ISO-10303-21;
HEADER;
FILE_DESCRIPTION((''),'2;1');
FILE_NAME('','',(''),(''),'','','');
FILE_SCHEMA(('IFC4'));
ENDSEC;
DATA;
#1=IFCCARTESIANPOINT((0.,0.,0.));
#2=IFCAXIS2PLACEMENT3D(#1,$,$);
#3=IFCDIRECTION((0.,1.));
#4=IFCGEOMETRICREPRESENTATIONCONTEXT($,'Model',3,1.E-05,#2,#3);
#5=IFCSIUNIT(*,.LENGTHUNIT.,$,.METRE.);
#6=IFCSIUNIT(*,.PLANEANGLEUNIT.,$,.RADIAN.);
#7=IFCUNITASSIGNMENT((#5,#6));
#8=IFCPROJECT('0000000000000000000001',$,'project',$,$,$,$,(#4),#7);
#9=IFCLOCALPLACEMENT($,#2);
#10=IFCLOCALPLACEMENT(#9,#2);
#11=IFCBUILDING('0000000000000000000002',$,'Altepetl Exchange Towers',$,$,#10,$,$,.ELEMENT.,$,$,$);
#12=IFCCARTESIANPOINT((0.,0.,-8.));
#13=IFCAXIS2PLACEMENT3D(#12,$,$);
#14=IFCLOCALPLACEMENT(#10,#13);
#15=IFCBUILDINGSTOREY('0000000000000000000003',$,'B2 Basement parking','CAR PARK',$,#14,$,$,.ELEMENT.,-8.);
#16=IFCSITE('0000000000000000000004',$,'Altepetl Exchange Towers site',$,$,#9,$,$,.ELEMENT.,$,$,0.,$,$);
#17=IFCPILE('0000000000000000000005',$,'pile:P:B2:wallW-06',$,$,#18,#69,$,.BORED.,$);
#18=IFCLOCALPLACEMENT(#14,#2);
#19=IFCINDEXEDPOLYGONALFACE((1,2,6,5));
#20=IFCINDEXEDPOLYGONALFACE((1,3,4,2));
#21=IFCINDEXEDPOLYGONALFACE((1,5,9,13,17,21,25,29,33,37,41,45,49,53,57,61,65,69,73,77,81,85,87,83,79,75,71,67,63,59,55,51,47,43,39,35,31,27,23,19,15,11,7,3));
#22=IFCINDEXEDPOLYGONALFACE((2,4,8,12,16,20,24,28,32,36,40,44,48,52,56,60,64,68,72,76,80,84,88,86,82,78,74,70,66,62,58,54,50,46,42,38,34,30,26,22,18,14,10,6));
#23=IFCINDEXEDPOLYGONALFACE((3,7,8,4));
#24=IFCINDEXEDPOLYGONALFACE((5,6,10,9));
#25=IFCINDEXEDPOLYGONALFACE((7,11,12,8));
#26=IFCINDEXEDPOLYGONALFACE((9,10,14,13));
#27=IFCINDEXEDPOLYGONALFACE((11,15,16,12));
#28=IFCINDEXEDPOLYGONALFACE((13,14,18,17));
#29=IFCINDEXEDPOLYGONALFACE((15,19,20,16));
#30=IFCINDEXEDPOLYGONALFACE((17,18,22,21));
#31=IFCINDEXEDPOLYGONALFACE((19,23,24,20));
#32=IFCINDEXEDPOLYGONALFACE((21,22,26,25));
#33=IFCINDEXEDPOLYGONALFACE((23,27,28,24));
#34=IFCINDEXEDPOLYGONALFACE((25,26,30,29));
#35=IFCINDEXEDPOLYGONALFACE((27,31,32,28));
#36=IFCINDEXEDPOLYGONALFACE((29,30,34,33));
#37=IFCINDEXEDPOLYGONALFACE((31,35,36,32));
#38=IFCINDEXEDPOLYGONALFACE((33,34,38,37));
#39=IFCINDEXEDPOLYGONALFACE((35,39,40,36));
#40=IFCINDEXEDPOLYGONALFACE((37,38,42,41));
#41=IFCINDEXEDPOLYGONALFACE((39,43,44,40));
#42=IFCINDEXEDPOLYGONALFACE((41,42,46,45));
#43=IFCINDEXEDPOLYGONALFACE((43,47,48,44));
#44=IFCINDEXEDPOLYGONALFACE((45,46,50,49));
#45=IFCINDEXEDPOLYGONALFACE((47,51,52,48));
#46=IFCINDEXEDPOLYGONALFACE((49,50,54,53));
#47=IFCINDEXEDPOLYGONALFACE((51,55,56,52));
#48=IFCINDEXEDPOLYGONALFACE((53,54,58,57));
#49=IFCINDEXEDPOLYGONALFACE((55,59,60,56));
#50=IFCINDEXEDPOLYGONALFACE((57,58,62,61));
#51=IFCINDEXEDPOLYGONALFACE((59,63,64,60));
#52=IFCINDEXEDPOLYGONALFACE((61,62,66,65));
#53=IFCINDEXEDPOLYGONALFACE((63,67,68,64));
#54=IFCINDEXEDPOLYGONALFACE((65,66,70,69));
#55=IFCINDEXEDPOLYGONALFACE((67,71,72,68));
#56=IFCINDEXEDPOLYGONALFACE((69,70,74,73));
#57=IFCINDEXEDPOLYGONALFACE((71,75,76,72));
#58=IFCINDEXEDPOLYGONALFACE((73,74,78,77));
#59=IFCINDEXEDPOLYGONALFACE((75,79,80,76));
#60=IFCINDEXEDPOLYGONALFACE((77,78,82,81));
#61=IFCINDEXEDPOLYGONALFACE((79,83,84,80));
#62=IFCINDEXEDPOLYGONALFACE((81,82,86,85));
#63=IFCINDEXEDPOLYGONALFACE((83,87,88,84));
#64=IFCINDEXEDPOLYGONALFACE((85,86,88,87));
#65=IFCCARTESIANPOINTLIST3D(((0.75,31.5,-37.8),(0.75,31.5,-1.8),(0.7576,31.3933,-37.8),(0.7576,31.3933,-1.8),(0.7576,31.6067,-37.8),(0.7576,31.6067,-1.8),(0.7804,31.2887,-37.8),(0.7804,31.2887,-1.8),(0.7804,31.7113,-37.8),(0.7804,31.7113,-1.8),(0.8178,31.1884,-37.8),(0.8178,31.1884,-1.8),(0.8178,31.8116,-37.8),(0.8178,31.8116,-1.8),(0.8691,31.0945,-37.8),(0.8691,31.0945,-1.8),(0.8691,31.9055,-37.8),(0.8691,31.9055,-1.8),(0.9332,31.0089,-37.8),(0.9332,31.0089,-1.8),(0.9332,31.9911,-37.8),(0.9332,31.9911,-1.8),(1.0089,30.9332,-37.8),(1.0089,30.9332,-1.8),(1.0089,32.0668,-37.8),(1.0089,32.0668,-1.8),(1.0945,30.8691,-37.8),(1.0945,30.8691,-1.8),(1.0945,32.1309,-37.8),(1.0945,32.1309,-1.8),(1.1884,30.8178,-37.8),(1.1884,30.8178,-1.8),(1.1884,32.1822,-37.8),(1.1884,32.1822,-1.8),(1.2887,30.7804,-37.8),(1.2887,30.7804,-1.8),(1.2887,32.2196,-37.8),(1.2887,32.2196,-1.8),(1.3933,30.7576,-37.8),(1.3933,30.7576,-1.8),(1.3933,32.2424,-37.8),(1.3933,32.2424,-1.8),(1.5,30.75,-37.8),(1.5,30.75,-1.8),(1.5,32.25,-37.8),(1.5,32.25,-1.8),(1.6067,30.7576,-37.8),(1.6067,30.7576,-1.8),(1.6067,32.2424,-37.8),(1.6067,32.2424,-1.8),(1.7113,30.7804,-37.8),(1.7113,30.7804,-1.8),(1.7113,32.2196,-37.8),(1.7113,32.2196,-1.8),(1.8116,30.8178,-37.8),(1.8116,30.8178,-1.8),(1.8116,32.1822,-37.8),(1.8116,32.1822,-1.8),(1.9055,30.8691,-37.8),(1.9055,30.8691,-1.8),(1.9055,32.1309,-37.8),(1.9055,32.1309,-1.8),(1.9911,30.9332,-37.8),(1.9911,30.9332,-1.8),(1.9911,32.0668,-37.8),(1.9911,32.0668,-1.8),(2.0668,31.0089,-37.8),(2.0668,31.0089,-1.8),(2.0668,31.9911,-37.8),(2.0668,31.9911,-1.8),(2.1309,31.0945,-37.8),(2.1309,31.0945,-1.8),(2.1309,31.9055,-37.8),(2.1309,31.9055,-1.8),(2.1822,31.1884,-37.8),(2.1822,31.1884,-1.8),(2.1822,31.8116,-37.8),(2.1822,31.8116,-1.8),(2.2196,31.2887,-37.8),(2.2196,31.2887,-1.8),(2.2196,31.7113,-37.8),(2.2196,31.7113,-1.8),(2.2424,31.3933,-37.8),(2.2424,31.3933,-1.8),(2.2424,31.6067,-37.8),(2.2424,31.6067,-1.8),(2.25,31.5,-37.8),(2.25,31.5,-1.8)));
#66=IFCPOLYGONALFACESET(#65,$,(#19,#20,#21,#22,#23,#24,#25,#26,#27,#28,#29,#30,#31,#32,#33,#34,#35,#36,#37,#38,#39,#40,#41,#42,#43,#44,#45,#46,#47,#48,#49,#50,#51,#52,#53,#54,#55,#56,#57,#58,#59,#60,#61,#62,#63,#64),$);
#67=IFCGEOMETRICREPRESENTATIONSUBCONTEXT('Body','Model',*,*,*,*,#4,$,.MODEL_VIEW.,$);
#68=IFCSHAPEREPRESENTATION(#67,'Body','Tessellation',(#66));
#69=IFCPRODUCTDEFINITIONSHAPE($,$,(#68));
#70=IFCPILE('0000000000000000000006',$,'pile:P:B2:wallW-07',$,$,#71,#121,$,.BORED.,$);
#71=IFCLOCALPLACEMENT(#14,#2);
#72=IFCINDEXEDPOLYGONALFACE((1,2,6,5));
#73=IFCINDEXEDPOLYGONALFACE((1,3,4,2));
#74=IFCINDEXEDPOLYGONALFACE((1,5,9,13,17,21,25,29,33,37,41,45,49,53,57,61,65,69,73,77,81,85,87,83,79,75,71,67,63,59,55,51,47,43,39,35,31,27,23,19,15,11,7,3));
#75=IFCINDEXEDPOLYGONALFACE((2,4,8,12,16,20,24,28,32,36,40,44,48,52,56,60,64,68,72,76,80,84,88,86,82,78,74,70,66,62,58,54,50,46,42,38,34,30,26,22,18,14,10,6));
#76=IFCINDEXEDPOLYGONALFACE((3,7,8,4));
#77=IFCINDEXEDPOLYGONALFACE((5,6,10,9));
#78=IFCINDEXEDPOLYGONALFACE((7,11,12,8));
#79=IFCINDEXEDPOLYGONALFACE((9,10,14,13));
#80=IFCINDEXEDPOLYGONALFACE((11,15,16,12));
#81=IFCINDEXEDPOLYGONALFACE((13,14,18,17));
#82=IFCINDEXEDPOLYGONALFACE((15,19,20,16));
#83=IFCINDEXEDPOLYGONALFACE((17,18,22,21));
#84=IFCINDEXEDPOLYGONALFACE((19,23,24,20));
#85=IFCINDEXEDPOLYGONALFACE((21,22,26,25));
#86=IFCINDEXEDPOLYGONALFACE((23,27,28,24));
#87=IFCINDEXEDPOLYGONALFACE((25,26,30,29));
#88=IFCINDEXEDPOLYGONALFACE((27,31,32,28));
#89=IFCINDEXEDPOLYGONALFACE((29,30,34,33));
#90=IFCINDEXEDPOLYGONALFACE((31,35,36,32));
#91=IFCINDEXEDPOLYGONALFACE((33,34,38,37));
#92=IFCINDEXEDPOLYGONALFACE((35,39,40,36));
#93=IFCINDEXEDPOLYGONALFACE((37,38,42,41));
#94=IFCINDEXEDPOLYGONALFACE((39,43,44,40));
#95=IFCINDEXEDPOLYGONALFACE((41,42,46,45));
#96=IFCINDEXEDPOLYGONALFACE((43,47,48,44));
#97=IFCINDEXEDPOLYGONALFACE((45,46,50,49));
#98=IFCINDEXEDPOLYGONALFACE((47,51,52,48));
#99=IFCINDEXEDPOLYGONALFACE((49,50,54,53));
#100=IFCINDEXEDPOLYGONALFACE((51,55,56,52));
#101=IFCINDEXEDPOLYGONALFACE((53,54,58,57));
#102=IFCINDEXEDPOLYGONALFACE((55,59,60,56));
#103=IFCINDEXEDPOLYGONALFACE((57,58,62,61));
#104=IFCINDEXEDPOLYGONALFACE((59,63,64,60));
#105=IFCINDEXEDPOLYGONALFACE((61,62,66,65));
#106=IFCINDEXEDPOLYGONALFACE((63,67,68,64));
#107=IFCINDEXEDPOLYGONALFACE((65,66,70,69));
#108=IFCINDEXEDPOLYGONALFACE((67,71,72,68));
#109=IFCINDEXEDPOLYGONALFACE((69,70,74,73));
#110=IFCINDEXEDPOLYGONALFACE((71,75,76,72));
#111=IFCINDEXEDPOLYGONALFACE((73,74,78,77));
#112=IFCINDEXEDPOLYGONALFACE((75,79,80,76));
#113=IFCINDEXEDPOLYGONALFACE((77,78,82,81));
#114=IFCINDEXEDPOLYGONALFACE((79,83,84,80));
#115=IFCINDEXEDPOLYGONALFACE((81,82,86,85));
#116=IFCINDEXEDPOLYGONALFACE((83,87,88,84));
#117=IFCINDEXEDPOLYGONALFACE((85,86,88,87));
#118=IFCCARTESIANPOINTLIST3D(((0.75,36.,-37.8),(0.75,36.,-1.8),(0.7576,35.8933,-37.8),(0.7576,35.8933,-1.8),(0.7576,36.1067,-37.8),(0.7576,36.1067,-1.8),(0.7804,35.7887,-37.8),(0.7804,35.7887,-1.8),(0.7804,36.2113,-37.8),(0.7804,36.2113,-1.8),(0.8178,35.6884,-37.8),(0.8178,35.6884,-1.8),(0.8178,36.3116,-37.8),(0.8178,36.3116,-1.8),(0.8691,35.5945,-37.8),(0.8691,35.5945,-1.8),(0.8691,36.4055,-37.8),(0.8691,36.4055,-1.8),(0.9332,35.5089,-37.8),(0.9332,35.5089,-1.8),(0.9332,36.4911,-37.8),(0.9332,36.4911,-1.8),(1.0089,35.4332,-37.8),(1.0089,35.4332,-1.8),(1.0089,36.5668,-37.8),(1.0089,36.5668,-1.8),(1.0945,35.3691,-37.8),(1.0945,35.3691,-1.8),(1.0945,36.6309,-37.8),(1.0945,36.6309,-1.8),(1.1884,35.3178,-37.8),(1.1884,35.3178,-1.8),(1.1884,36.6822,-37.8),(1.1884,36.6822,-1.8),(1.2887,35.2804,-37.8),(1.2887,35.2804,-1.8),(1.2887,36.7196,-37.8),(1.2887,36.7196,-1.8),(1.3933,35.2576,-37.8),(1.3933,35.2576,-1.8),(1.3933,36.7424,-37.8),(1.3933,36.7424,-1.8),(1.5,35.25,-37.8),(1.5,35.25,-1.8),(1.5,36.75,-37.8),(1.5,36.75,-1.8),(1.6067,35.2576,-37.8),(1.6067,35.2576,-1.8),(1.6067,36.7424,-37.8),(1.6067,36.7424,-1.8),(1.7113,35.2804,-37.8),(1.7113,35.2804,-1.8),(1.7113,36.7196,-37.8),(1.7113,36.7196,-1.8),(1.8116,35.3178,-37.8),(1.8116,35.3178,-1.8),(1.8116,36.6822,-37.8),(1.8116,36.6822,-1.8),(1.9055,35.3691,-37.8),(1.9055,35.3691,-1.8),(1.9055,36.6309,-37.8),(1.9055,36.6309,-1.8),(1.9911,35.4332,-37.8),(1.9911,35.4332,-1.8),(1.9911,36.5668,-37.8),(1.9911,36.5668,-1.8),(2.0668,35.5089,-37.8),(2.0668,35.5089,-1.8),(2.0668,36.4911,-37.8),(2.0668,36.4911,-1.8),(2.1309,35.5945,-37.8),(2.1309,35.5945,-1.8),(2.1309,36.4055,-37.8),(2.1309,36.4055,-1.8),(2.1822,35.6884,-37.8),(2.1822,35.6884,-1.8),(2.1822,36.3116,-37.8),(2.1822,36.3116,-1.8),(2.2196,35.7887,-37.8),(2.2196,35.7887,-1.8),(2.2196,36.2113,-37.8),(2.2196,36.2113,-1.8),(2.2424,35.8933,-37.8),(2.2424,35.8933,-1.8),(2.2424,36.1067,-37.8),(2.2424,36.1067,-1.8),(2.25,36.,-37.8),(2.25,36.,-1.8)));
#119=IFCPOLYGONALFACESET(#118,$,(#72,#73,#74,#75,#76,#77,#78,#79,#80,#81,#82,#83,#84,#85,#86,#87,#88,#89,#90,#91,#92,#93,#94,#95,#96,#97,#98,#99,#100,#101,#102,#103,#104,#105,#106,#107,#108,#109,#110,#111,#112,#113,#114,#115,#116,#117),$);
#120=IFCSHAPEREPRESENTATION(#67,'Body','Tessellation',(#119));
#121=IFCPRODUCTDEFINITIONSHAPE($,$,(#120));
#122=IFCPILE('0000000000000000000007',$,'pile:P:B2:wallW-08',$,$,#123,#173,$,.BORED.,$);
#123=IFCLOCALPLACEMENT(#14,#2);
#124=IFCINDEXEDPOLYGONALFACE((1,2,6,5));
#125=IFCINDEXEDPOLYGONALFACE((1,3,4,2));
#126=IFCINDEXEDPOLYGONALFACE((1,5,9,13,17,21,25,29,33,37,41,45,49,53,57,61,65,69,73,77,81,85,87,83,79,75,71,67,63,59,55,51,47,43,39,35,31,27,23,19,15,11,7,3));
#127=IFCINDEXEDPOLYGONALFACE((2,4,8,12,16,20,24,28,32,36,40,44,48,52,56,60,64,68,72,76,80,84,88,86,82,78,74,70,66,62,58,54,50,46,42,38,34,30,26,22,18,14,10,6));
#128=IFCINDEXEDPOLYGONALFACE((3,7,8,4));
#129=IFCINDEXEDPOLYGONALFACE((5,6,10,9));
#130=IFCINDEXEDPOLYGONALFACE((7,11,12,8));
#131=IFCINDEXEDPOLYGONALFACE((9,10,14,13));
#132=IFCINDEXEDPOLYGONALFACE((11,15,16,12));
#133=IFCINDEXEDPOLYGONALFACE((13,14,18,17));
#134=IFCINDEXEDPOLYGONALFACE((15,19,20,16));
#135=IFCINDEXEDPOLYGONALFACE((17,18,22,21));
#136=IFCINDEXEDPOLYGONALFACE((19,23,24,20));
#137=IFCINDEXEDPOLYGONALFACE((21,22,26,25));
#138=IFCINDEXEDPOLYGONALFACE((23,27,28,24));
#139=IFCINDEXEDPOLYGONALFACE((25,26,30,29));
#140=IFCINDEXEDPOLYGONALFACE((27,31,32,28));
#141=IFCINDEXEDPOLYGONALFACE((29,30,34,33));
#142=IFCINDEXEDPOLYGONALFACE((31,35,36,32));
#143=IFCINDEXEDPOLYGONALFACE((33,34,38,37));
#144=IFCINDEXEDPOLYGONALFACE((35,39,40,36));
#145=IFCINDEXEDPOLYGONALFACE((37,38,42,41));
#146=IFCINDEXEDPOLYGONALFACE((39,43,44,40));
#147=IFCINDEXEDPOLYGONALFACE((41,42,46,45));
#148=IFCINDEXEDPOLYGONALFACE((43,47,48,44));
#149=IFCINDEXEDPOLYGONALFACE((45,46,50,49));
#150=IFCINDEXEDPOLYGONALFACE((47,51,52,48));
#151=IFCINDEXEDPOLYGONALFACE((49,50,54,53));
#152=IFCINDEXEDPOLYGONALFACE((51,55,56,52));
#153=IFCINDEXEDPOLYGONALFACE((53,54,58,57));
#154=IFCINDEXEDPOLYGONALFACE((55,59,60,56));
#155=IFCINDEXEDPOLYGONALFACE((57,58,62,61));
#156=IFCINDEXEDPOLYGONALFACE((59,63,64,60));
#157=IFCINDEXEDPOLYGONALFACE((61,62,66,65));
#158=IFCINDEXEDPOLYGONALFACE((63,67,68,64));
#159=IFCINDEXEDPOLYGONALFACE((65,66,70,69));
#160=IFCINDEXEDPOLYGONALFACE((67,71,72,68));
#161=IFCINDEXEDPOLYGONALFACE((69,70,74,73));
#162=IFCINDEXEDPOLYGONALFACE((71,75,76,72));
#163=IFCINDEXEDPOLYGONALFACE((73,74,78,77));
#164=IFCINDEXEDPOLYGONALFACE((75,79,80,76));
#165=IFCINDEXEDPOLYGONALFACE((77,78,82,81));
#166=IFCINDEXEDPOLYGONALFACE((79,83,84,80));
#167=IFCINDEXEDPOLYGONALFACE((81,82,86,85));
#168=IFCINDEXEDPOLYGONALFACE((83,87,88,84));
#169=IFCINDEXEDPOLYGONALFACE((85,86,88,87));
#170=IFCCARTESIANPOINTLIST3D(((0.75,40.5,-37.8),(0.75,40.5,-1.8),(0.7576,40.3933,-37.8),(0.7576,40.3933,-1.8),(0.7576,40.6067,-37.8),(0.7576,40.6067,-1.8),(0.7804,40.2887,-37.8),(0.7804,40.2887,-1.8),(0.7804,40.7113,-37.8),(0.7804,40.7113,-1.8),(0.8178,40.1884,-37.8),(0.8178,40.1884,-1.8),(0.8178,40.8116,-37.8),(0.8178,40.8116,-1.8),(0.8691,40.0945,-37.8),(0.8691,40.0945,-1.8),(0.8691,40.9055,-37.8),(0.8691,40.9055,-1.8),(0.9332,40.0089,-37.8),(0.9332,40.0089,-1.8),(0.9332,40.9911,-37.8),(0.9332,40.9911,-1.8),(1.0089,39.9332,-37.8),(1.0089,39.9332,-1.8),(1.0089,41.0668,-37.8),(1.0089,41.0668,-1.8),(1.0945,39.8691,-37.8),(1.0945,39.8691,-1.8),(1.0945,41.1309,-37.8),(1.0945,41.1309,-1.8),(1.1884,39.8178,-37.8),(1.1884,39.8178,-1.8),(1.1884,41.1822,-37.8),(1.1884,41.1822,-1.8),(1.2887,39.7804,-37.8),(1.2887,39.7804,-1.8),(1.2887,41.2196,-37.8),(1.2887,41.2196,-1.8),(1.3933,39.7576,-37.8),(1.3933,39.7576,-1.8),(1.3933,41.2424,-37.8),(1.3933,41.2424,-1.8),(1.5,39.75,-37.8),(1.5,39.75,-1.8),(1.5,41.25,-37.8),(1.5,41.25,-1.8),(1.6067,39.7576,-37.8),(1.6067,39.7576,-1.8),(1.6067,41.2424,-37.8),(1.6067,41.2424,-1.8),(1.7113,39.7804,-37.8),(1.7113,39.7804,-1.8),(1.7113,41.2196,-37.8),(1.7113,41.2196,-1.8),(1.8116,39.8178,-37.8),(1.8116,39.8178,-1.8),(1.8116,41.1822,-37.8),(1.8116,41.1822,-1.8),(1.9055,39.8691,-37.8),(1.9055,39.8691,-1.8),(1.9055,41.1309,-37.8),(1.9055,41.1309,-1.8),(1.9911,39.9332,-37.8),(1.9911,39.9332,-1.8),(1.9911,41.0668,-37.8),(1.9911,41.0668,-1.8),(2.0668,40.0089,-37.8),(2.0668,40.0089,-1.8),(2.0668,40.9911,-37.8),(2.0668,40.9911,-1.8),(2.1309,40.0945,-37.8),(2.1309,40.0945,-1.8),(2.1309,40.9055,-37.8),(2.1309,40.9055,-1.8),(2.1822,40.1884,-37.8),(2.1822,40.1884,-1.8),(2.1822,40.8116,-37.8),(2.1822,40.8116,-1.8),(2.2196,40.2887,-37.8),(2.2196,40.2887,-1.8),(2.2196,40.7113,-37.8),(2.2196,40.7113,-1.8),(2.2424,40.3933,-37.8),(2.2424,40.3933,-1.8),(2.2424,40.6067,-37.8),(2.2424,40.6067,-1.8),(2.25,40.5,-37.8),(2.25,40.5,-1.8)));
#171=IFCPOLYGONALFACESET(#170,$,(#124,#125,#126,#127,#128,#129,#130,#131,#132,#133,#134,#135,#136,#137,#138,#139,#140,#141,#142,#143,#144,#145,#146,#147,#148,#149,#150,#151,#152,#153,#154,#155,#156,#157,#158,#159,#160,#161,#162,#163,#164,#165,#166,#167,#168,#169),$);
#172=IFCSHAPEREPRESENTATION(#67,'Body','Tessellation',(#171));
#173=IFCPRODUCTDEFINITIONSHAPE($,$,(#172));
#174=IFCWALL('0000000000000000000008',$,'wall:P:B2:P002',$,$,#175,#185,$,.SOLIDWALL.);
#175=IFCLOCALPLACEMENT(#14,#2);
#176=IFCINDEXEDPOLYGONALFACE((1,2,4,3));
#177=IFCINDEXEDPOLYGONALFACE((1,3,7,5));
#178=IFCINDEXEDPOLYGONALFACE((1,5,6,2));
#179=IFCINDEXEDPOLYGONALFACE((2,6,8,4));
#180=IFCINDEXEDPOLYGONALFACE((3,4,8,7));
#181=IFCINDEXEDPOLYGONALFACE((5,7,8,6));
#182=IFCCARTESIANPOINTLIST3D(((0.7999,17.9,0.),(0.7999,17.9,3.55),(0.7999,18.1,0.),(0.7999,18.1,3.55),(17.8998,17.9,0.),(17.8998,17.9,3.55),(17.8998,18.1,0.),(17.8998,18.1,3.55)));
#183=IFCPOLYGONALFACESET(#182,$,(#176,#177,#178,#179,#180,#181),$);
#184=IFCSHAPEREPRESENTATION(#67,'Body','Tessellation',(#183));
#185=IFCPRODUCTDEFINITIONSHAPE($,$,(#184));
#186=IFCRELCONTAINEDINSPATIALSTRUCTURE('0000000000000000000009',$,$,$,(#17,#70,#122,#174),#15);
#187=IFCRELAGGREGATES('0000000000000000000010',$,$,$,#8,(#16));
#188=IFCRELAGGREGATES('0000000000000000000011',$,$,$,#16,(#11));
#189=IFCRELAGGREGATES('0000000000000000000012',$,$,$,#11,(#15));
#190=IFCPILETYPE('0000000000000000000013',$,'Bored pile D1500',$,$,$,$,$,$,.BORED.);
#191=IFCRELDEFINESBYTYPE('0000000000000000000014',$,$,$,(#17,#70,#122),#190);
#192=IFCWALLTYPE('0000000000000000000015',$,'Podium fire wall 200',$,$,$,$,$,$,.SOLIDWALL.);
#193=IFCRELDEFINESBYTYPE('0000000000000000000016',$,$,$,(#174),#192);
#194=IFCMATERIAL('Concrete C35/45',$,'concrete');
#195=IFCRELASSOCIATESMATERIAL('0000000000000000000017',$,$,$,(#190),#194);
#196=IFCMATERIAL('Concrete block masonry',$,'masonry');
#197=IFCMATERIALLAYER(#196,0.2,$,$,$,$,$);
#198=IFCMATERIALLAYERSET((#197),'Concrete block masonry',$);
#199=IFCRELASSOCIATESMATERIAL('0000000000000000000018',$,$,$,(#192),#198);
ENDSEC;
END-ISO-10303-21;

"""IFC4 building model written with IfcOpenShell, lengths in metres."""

from ifc_helpers import new_model, si_unit, direction, frame, frame_2d, origin, origin_2d, place, context, subcontext, project, spatial, rectangle, circle, extrude, material, layer, layer_set, material_profile, profile_set, type_object, element, save


model = new_model("IFC4")

# Units and contexts
model_context = context("Model", 3, precision=1e-05, world=origin(), true_north=direction((0.0, 1.0)))
body_context = subcontext(model_context, "Body", "Model", "MODEL_VIEW")
ifc_project = project(units=[si_unit("LENGTHUNIT", "METRE"), si_unit("PLANEANGLEUNIT", "RADIAN")], contexts=[model_context])

# Site, building, storey
site_placement = place(None, origin())
site = spatial("IfcSite", under=ifc_project, at=site_placement, Name="Altepetl Exchange Towers site", CompositionType="ELEMENT", RefElevation=0.0)
building_placement = place(site_placement, origin())
building = spatial("IfcBuilding", under=site, at=building_placement, Name="Altepetl Exchange Towers", CompositionType="ELEMENT")
storey_placement = place(building_placement, frame((0.0, 0.0, -8.0)))
storey = spatial("IfcBuildingStorey", under=building, at=storey_placement, Name="B2 Basement parking", Description="CAR PARK", CompositionType="ELEMENT", Elevation=-8.0)

# Piles
ifc_material_1 = material(Name="Concrete C35/45", Category="concrete")
ifc_material_profile = material_profile(ifc_material_1, circle(Radius=0.75, at=origin_2d()), Name="D1500")
ifc_profile_set = profile_set([ifc_material_profile], Name="Concrete C35/45")
pile_type = type_object("IfcPileType", Name="Bored pile D1500", PredefinedType="BORED", material=ifc_profile_set)
for number, where, z_axis, x_axis, name in (
    (1, (1.5, 31.5, -1.8), (0.0, 0.0, -1.0), (1.0, 0.0, 0.0), "pile:P:B2:wallW-06"),
    (2, (1.5, 36.0, -1.8), (0.0, 0.0, -1.0), (1.0, 0.0, 0.0), "pile:P:B2:wallW-07"),
    (3, (1.5, 40.5, -1.8), (0.0, 0.0, -1.0), (1.0, 0.0, 0.0), "pile:P:B2:wallW-08"),
):
    element("IfcPile", number, at=place(storey_placement, frame(where, z_axis=z_axis, x_axis=x_axis)), inside=storey, type_object=pile_type, Name=name, PredefinedType="BORED", context=body_context, shape_type="SweptSolid", body=[
        extrude(circle(Radius=0.75, at=origin_2d()), origin(), (0.0, 0.0, 1.0), 36.0),
    ])

# Wall
ifc_material_2 = material(Name="Concrete block masonry", Category="masonry")
ifc_layer_1 = layer(ifc_material_2, 0.2)
ifc_layer_set_1 = layer_set([ifc_layer_1], Name="Concrete block masonry")
wall_type_1 = type_object("IfcWallType", Name="Podium fire wall 200", PredefinedType="SOLIDWALL", material=ifc_layer_set_1)
wall_1_placement = place(storey_placement, frame((0.8, 18.0, 0.0)))
element("IfcWall", 4, at=wall_1_placement, inside=storey, type_object=wall_type_1, Name="wall:P:B2:P002", PredefinedType="SOLIDWALL", context=body_context, shape_type="SweptSolid", body=[
    extrude(rectangle(XDim=17.0999, YDim=0.2, at=frame_2d((8.5498, 0.0))), origin(), (0.0, 0.0, 1.0), 3.55),
])

save(model, "model.ifc")
